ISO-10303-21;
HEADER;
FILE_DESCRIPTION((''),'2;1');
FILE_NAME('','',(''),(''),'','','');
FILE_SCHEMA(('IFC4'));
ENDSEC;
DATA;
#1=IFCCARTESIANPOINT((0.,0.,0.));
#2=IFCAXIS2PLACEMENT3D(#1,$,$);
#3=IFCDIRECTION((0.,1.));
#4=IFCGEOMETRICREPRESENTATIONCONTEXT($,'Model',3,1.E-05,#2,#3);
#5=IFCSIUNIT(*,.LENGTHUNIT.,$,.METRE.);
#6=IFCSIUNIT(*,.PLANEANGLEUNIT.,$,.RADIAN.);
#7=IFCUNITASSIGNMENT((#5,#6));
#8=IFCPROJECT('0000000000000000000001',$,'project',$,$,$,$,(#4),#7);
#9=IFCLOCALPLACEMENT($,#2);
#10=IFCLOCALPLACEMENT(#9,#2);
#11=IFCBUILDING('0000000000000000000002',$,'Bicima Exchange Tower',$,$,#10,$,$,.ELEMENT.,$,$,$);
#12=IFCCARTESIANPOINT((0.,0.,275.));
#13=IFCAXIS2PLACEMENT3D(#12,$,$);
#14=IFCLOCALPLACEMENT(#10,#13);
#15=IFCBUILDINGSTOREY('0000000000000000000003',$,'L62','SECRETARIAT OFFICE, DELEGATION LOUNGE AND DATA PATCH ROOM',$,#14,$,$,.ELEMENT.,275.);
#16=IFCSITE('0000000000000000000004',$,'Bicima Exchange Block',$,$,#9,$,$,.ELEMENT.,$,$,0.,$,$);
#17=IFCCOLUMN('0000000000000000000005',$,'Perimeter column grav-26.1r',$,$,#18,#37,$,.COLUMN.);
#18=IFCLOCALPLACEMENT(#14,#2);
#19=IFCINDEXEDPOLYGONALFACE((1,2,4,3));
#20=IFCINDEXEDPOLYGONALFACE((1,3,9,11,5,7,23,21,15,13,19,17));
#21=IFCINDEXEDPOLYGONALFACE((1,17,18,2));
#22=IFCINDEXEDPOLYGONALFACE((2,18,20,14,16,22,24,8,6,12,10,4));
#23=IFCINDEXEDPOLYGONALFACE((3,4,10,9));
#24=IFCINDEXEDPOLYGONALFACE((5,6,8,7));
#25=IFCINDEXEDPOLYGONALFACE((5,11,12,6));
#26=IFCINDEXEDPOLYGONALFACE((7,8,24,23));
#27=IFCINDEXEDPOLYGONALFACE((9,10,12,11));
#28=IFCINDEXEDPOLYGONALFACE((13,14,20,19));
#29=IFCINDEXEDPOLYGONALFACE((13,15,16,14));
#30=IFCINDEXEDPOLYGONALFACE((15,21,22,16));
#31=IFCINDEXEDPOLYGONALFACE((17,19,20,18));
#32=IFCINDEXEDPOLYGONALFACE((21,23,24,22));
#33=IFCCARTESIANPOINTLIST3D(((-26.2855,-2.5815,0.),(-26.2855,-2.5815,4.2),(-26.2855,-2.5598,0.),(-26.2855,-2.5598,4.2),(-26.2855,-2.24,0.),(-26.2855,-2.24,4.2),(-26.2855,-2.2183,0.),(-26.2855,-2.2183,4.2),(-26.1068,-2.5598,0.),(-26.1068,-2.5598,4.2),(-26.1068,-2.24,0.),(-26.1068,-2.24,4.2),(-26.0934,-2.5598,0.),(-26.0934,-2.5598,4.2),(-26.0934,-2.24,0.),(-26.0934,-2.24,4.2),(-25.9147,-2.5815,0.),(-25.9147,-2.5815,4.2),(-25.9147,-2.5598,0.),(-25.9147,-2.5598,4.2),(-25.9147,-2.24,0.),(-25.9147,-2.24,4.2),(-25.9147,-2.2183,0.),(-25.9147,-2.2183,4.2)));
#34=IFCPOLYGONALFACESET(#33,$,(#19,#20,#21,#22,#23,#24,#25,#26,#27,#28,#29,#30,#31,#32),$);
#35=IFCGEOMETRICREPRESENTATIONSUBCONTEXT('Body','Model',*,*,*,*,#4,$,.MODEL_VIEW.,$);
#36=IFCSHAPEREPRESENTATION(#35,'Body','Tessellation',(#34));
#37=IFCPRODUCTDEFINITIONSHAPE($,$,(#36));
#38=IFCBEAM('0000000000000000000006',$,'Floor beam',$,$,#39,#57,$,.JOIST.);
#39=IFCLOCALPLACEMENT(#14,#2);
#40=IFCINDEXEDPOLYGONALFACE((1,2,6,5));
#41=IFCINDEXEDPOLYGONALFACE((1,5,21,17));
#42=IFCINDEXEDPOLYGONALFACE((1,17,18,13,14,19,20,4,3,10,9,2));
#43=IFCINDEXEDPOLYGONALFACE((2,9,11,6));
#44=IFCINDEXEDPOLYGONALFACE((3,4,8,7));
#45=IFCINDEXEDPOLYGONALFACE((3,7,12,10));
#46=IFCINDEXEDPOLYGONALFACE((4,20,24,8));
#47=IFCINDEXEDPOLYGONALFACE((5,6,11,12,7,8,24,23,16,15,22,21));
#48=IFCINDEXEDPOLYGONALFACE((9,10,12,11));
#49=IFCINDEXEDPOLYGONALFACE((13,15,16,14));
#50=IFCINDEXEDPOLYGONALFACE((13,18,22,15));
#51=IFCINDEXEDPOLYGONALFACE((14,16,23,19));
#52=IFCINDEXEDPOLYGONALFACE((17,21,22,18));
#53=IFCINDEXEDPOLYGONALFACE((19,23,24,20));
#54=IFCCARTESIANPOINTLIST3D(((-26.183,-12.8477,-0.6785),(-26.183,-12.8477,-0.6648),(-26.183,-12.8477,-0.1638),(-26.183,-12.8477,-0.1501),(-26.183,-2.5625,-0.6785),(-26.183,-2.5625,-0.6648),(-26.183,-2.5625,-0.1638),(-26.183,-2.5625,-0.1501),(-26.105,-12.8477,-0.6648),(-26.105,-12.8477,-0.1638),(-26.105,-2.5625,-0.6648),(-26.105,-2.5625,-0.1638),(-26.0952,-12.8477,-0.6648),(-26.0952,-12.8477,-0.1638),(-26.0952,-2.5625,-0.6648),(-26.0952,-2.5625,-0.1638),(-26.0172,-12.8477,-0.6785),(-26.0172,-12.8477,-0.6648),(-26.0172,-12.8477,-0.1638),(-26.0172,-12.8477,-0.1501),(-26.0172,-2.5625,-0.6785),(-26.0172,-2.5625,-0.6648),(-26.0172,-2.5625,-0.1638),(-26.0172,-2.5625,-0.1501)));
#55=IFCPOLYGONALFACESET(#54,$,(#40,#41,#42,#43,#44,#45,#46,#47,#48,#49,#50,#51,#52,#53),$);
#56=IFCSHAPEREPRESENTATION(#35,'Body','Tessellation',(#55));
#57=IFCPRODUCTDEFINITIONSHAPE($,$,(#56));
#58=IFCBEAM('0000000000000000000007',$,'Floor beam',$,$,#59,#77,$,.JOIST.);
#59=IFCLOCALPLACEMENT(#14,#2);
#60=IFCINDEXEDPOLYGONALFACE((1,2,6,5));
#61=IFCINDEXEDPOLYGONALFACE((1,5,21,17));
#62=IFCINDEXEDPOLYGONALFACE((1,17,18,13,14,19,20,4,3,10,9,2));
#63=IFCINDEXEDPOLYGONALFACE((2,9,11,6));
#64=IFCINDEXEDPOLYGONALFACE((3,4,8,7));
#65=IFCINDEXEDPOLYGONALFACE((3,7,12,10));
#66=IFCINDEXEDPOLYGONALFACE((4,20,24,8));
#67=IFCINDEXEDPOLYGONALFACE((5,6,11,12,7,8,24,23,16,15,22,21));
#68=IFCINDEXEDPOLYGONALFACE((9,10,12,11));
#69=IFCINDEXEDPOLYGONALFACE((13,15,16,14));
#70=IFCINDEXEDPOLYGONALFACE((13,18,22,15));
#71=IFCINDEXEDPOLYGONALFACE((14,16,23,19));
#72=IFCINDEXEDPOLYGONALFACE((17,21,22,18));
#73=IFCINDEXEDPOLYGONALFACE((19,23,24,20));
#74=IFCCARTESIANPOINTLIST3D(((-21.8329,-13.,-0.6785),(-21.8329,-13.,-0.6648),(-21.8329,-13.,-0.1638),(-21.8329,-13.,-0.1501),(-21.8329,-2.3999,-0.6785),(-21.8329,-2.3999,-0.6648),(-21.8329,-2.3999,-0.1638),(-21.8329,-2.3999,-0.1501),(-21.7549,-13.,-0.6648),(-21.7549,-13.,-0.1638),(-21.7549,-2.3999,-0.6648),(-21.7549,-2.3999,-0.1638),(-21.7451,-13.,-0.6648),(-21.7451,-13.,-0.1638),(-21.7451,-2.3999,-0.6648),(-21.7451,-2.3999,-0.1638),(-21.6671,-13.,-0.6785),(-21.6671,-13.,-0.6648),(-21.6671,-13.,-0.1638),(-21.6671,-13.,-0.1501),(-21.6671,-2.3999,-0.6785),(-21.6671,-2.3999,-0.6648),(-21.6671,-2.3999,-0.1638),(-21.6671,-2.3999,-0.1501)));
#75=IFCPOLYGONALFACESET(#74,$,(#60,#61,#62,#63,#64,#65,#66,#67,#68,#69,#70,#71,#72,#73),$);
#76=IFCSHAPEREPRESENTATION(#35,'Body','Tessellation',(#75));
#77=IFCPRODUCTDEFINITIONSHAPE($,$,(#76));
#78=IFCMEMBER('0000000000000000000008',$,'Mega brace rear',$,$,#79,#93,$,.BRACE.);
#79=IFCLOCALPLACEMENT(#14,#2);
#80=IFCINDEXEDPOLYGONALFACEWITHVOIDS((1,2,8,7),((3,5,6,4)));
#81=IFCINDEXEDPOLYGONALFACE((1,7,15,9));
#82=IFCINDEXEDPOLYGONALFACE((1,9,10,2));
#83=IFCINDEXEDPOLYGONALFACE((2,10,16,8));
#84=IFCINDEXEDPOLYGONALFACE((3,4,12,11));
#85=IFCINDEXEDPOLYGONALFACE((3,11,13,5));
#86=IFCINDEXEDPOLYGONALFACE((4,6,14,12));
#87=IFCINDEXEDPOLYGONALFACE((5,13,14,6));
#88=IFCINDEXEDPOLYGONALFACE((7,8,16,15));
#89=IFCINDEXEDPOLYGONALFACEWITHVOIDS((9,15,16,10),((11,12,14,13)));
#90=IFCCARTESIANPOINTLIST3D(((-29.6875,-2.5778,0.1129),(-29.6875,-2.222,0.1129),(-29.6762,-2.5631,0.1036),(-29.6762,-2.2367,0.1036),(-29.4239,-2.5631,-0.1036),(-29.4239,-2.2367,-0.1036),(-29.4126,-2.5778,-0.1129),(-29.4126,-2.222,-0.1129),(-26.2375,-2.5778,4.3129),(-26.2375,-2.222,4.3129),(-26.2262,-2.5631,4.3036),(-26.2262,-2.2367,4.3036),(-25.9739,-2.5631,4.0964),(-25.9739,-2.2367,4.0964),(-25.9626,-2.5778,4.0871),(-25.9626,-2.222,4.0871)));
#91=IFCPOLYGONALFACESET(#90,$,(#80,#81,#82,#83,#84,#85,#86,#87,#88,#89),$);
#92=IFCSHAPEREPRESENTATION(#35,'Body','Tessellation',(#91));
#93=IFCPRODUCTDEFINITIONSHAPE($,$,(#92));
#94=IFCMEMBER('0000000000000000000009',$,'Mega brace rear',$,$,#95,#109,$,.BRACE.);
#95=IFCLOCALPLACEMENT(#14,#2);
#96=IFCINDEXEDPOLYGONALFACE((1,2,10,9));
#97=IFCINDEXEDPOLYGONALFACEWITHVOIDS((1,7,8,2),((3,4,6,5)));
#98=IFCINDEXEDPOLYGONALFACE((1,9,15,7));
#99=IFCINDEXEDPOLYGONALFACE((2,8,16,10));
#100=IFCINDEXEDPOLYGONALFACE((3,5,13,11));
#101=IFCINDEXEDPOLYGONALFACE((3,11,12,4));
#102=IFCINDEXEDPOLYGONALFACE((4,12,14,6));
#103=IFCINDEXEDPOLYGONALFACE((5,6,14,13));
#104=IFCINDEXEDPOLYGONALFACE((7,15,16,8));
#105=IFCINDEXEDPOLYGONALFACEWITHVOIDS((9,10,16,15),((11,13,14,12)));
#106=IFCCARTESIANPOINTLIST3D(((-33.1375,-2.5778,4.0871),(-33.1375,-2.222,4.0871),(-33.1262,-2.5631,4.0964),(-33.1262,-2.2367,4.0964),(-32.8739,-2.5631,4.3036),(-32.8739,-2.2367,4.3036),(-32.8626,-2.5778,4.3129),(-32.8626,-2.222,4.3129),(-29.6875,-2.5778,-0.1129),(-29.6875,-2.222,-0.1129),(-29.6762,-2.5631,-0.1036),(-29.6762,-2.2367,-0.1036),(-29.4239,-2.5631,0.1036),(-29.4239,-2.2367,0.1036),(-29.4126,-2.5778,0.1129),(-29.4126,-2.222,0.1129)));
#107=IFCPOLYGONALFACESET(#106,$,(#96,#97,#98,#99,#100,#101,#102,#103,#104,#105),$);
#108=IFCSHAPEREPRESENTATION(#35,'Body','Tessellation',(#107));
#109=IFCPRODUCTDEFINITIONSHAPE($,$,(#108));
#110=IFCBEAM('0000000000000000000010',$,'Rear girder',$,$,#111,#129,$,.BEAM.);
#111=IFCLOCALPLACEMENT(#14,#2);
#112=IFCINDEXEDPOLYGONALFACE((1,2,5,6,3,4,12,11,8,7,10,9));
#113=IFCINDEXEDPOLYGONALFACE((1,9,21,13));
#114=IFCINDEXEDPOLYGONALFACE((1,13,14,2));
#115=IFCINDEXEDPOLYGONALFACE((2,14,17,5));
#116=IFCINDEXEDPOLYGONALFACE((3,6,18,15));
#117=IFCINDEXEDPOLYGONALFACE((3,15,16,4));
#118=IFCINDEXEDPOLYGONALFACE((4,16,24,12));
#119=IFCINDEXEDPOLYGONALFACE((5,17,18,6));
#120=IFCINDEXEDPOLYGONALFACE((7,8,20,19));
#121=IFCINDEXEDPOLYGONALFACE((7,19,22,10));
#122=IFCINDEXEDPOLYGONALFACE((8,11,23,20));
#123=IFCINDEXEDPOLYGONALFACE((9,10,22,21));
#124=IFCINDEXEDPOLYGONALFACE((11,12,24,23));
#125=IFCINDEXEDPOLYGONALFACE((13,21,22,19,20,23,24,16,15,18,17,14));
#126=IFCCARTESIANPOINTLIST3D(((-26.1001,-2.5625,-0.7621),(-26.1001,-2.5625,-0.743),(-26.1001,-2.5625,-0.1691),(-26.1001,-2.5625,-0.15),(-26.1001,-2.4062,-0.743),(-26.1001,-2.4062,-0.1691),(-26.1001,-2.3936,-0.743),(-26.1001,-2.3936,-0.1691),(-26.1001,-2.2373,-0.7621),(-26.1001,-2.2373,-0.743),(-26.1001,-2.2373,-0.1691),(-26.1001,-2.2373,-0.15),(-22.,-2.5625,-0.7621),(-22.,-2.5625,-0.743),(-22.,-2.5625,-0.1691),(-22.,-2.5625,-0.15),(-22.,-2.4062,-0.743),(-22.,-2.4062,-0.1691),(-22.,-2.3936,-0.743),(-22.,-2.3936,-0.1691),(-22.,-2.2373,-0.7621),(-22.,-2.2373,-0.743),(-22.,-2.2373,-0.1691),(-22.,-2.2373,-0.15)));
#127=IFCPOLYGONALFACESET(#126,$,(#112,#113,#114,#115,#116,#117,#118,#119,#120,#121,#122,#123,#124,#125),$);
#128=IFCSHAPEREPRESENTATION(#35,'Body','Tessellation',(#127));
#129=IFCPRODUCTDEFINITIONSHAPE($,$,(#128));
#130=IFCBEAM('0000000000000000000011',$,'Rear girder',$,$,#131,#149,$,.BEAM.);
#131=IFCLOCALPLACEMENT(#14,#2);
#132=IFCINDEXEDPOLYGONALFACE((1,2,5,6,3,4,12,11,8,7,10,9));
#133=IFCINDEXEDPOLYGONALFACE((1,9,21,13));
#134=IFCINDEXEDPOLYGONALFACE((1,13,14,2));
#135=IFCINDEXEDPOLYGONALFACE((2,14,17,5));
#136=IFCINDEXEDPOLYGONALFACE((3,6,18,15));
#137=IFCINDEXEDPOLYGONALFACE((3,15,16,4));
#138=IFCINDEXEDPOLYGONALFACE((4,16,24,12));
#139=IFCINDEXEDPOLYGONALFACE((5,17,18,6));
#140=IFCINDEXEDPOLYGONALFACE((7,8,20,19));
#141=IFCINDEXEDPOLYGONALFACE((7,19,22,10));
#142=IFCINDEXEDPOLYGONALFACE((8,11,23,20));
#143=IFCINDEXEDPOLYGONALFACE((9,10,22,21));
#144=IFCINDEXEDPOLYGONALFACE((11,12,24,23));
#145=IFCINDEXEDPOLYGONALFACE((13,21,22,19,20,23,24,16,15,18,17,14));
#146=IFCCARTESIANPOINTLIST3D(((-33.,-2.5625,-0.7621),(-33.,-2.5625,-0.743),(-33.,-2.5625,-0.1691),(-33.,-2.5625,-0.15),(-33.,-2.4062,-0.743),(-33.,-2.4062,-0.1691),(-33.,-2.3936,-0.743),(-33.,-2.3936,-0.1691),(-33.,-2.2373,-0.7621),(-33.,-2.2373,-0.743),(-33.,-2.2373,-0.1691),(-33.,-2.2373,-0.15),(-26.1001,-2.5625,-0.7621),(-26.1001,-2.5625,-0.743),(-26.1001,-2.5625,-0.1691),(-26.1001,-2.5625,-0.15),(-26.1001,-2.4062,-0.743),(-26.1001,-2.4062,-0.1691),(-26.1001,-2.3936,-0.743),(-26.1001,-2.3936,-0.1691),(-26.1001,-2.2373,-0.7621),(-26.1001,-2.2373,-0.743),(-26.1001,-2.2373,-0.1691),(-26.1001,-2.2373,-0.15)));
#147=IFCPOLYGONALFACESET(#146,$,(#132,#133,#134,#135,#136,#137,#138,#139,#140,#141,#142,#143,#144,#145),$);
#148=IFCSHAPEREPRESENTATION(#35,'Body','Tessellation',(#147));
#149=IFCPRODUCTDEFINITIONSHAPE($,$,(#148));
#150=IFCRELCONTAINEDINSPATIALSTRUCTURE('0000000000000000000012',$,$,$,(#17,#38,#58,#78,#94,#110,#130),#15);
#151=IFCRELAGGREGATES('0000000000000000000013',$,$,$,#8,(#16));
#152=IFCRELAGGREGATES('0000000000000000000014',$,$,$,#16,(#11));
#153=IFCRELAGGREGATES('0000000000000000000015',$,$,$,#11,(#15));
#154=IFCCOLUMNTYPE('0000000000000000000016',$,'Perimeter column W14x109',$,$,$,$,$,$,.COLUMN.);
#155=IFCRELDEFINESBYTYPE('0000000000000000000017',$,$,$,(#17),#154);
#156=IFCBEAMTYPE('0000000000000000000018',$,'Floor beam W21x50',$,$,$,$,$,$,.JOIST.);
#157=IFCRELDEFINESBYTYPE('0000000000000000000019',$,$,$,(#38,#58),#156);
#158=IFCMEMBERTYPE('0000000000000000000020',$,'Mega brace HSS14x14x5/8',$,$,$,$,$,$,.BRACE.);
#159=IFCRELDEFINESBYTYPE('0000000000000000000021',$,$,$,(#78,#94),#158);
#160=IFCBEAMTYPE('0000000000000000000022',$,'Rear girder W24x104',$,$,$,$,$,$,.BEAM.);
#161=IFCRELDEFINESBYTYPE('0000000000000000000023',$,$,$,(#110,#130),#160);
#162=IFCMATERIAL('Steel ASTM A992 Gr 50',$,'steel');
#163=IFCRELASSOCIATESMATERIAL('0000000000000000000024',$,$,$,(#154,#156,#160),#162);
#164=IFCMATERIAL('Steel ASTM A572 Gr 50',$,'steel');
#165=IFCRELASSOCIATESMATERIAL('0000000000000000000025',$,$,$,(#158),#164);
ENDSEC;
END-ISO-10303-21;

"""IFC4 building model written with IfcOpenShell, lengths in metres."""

from ifc_helpers import new_model, si_unit, direction, frame, origin, origin_2d, place, context, subcontext, project, spatial, hollow_rectangle, i_section, extrude, material, material_profile, profile_set, type_object, element, save


model = new_model("IFC4")

# Units and contexts
model_context = context("Model", 3, precision=1e-05, world=origin(), true_north=direction((0.0, 1.0)))
body_context = subcontext(model_context, "Body", "Model", "MODEL_VIEW")
ifc_project = project(units=[si_unit("LENGTHUNIT", "METRE"), si_unit("PLANEANGLEUNIT", "RADIAN")], contexts=[model_context])

# Site, building, storey
site_placement = place(None, origin())
site = spatial("IfcSite", under=ifc_project, at=site_placement, Name="Bicima Exchange Block", CompositionType="ELEMENT", RefElevation=0.0)
building_placement = place(site_placement, origin())
building = spatial("IfcBuilding", under=site, at=building_placement, Name="Bicima Exchange Tower", CompositionType="ELEMENT")
storey_placement = place(building_placement, frame((0.0, 0.0, 275.0)))
storey = spatial("IfcBuildingStorey", under=building, at=storey_placement, Name="L62", Description="SECRETARIAT OFFICE, DELEGATION LOUNGE AND DATA PATCH ROOM", CompositionType="ELEMENT", Elevation=275.0)

# Column
ifc_material_1 = material(Name="Steel ASTM A992 Gr 50", Category="steel")
ifc_material_profile_1 = material_profile(ifc_material_1, i_section(OverallWidth=0.3708, OverallDepth=0.3633, WebThickness=0.0134, FlangeThickness=0.0217, at=origin_2d()))
ifc_profile_set_1 = profile_set([ifc_material_profile_1], Name="Steel ASTM A992 Gr 50")
column_type = type_object("IfcColumnType", Name="Perimeter column W14x109", PredefinedType="COLUMN", material=ifc_profile_set_1)
column_placement = place(storey_placement, frame((-26.1001, -2.3999, 0.0), z_axis=(0.0, 0.0, 1.0), x_axis=(1.0, 0.0, 0.0)))
element("IfcColumn", 1, at=column_placement, inside=storey, type_object=column_type, Name="Perimeter column grav-26.1r", PredefinedType="COLUMN", context=body_context, shape_type="SweptSolid", body=[
    extrude(i_section(OverallWidth=0.3708, OverallDepth=0.3633, WebThickness=0.0134, FlangeThickness=0.0217, at=origin_2d()), origin(), (0.0, 0.0, 1.0), 4.2),
])

# Beams
ifc_material_profile_2 = material_profile(ifc_material_1, i_section(OverallWidth=0.1658, OverallDepth=0.5283, WebThickness=0.0098, FlangeThickness=0.0137, at=origin_2d()))
ifc_profile_set_2 = profile_set([ifc_material_profile_2], Name="Steel ASTM A992 Gr 50")
beam_type_1 = type_object("IfcBeamType", Name="Floor beam W21x50", PredefinedType="JOIST", material=ifc_profile_set_2)
beam_1_placement = place(storey_placement, frame((-26.1001, -2.5625, -0.4143), z_axis=(0.0, -1.0, 0.0), x_axis=(1.0, 0.0, 0.0)))
element("IfcBeam", 2, at=beam_1_placement, inside=storey, type_object=beam_type_1, Name="Floor beam", PredefinedType="JOIST", context=body_context, shape_type="SweptSolid", body=[
    extrude(i_section(OverallWidth=0.1658, OverallDepth=0.5283, WebThickness=0.0098, FlangeThickness=0.0137, at=origin_2d()), origin(), (0.0, 0.0, 1.0), 10.2852),
])
beam_2_placement = place(storey_placement, frame((-21.75, -2.3999, -0.4143), z_axis=(0.0, -1.0, 0.0), x_axis=(1.0, 0.0, 0.0)))
element("IfcBeam", 3, at=beam_2_placement, inside=storey, type_object=beam_type_1, Name="Floor beam", PredefinedType="JOIST", context=body_context, shape_type="SweptSolid", body=[
    extrude(i_section(OverallWidth=0.1658, OverallDepth=0.5283, WebThickness=0.0098, FlangeThickness=0.0137, at=origin_2d()), origin(), (0.0, 0.0, 1.0), 10.6001),
])

# Members
ifc_material_2 = material(Name="Steel ASTM A572 Gr 50", Category="steel")
ifc_material_profile_3 = material_profile(ifc_material_2, hollow_rectangle(XDim=0.3557, YDim=0.3557, WallThickness=0.0146, at=origin_2d()))
ifc_profile_set_3 = profile_set([ifc_material_profile_3], Name="Steel ASTM A572 Gr 50")
member_type = type_object("IfcMemberType", Name="Mega brace HSS14x14x5/8", PredefinedType="BRACE", material=ifc_profile_set_3)
for number, where, z_axis, x_axis, name in (
    (4, (-29.55, -2.3999, 0.0), (0.634738, 0.0, 0.772727), (0.0, 1.0, 0.0), "Mega brace rear"),
    (5, (-29.55, -2.3999, 0.0), (-0.634738, 0.0, 0.772727), (0.0, -1.0, 0.0), "Mega brace rear"),
):
    element("IfcMember", number, at=place(storey_placement, frame(where, z_axis=z_axis, x_axis=x_axis)), inside=storey, type_object=member_type, Name=name, PredefinedType="BRACE", context=body_context, shape_type="SweptSolid", body=[
        extrude(hollow_rectangle(XDim=0.3557, YDim=0.3557, WallThickness=0.0146, at=origin_2d()), origin(), (0.0, 0.0, 1.0), 5.4353),
    ])

# Beams
ifc_material_profile_4 = material_profile(ifc_material_1, i_section(OverallWidth=0.3252, OverallDepth=0.6121, WebThickness=0.0127, FlangeThickness=0.019, at=origin_2d()))
ifc_profile_set_4 = profile_set([ifc_material_profile_4], Name="Steel ASTM A992 Gr 50")
beam_type_2 = type_object("IfcBeamType", Name="Rear girder W24x104", PredefinedType="BEAM", material=ifc_profile_set_4)
beam_3_placement = place(storey_placement, frame((-22.0, -2.3999, -0.4561), z_axis=(-1.0, 0.0, 0.0), x_axis=(0.0, -1.0, 0.0)))
element("IfcBeam", 6, at=beam_3_placement, inside=storey, type_object=beam_type_2, Name="Rear girder", PredefinedType="BEAM", context=body_context, shape_type="SweptSolid", body=[
    extrude(i_section(OverallWidth=0.3252, OverallDepth=0.6121, WebThickness=0.0127, FlangeThickness=0.019, at=origin_2d()), origin(), (0.0, 0.0, 1.0), 4.1001),
])
beam_4_placement = place(storey_placement, frame((-26.1001, -2.3999, -0.4561), z_axis=(-1.0, 0.0, 0.0), x_axis=(0.0, -1.0, 0.0)))
element("IfcBeam", 7, at=beam_4_placement, inside=storey, type_object=beam_type_2, Name="Rear girder", PredefinedType="BEAM", context=body_context, shape_type="SweptSolid", body=[
    extrude(i_section(OverallWidth=0.3252, OverallDepth=0.6121, WebThickness=0.0127, FlangeThickness=0.019, at=origin_2d()), origin(), (0.0, 0.0, 1.0), 6.8999),
])

save(model, "model.ifc")
